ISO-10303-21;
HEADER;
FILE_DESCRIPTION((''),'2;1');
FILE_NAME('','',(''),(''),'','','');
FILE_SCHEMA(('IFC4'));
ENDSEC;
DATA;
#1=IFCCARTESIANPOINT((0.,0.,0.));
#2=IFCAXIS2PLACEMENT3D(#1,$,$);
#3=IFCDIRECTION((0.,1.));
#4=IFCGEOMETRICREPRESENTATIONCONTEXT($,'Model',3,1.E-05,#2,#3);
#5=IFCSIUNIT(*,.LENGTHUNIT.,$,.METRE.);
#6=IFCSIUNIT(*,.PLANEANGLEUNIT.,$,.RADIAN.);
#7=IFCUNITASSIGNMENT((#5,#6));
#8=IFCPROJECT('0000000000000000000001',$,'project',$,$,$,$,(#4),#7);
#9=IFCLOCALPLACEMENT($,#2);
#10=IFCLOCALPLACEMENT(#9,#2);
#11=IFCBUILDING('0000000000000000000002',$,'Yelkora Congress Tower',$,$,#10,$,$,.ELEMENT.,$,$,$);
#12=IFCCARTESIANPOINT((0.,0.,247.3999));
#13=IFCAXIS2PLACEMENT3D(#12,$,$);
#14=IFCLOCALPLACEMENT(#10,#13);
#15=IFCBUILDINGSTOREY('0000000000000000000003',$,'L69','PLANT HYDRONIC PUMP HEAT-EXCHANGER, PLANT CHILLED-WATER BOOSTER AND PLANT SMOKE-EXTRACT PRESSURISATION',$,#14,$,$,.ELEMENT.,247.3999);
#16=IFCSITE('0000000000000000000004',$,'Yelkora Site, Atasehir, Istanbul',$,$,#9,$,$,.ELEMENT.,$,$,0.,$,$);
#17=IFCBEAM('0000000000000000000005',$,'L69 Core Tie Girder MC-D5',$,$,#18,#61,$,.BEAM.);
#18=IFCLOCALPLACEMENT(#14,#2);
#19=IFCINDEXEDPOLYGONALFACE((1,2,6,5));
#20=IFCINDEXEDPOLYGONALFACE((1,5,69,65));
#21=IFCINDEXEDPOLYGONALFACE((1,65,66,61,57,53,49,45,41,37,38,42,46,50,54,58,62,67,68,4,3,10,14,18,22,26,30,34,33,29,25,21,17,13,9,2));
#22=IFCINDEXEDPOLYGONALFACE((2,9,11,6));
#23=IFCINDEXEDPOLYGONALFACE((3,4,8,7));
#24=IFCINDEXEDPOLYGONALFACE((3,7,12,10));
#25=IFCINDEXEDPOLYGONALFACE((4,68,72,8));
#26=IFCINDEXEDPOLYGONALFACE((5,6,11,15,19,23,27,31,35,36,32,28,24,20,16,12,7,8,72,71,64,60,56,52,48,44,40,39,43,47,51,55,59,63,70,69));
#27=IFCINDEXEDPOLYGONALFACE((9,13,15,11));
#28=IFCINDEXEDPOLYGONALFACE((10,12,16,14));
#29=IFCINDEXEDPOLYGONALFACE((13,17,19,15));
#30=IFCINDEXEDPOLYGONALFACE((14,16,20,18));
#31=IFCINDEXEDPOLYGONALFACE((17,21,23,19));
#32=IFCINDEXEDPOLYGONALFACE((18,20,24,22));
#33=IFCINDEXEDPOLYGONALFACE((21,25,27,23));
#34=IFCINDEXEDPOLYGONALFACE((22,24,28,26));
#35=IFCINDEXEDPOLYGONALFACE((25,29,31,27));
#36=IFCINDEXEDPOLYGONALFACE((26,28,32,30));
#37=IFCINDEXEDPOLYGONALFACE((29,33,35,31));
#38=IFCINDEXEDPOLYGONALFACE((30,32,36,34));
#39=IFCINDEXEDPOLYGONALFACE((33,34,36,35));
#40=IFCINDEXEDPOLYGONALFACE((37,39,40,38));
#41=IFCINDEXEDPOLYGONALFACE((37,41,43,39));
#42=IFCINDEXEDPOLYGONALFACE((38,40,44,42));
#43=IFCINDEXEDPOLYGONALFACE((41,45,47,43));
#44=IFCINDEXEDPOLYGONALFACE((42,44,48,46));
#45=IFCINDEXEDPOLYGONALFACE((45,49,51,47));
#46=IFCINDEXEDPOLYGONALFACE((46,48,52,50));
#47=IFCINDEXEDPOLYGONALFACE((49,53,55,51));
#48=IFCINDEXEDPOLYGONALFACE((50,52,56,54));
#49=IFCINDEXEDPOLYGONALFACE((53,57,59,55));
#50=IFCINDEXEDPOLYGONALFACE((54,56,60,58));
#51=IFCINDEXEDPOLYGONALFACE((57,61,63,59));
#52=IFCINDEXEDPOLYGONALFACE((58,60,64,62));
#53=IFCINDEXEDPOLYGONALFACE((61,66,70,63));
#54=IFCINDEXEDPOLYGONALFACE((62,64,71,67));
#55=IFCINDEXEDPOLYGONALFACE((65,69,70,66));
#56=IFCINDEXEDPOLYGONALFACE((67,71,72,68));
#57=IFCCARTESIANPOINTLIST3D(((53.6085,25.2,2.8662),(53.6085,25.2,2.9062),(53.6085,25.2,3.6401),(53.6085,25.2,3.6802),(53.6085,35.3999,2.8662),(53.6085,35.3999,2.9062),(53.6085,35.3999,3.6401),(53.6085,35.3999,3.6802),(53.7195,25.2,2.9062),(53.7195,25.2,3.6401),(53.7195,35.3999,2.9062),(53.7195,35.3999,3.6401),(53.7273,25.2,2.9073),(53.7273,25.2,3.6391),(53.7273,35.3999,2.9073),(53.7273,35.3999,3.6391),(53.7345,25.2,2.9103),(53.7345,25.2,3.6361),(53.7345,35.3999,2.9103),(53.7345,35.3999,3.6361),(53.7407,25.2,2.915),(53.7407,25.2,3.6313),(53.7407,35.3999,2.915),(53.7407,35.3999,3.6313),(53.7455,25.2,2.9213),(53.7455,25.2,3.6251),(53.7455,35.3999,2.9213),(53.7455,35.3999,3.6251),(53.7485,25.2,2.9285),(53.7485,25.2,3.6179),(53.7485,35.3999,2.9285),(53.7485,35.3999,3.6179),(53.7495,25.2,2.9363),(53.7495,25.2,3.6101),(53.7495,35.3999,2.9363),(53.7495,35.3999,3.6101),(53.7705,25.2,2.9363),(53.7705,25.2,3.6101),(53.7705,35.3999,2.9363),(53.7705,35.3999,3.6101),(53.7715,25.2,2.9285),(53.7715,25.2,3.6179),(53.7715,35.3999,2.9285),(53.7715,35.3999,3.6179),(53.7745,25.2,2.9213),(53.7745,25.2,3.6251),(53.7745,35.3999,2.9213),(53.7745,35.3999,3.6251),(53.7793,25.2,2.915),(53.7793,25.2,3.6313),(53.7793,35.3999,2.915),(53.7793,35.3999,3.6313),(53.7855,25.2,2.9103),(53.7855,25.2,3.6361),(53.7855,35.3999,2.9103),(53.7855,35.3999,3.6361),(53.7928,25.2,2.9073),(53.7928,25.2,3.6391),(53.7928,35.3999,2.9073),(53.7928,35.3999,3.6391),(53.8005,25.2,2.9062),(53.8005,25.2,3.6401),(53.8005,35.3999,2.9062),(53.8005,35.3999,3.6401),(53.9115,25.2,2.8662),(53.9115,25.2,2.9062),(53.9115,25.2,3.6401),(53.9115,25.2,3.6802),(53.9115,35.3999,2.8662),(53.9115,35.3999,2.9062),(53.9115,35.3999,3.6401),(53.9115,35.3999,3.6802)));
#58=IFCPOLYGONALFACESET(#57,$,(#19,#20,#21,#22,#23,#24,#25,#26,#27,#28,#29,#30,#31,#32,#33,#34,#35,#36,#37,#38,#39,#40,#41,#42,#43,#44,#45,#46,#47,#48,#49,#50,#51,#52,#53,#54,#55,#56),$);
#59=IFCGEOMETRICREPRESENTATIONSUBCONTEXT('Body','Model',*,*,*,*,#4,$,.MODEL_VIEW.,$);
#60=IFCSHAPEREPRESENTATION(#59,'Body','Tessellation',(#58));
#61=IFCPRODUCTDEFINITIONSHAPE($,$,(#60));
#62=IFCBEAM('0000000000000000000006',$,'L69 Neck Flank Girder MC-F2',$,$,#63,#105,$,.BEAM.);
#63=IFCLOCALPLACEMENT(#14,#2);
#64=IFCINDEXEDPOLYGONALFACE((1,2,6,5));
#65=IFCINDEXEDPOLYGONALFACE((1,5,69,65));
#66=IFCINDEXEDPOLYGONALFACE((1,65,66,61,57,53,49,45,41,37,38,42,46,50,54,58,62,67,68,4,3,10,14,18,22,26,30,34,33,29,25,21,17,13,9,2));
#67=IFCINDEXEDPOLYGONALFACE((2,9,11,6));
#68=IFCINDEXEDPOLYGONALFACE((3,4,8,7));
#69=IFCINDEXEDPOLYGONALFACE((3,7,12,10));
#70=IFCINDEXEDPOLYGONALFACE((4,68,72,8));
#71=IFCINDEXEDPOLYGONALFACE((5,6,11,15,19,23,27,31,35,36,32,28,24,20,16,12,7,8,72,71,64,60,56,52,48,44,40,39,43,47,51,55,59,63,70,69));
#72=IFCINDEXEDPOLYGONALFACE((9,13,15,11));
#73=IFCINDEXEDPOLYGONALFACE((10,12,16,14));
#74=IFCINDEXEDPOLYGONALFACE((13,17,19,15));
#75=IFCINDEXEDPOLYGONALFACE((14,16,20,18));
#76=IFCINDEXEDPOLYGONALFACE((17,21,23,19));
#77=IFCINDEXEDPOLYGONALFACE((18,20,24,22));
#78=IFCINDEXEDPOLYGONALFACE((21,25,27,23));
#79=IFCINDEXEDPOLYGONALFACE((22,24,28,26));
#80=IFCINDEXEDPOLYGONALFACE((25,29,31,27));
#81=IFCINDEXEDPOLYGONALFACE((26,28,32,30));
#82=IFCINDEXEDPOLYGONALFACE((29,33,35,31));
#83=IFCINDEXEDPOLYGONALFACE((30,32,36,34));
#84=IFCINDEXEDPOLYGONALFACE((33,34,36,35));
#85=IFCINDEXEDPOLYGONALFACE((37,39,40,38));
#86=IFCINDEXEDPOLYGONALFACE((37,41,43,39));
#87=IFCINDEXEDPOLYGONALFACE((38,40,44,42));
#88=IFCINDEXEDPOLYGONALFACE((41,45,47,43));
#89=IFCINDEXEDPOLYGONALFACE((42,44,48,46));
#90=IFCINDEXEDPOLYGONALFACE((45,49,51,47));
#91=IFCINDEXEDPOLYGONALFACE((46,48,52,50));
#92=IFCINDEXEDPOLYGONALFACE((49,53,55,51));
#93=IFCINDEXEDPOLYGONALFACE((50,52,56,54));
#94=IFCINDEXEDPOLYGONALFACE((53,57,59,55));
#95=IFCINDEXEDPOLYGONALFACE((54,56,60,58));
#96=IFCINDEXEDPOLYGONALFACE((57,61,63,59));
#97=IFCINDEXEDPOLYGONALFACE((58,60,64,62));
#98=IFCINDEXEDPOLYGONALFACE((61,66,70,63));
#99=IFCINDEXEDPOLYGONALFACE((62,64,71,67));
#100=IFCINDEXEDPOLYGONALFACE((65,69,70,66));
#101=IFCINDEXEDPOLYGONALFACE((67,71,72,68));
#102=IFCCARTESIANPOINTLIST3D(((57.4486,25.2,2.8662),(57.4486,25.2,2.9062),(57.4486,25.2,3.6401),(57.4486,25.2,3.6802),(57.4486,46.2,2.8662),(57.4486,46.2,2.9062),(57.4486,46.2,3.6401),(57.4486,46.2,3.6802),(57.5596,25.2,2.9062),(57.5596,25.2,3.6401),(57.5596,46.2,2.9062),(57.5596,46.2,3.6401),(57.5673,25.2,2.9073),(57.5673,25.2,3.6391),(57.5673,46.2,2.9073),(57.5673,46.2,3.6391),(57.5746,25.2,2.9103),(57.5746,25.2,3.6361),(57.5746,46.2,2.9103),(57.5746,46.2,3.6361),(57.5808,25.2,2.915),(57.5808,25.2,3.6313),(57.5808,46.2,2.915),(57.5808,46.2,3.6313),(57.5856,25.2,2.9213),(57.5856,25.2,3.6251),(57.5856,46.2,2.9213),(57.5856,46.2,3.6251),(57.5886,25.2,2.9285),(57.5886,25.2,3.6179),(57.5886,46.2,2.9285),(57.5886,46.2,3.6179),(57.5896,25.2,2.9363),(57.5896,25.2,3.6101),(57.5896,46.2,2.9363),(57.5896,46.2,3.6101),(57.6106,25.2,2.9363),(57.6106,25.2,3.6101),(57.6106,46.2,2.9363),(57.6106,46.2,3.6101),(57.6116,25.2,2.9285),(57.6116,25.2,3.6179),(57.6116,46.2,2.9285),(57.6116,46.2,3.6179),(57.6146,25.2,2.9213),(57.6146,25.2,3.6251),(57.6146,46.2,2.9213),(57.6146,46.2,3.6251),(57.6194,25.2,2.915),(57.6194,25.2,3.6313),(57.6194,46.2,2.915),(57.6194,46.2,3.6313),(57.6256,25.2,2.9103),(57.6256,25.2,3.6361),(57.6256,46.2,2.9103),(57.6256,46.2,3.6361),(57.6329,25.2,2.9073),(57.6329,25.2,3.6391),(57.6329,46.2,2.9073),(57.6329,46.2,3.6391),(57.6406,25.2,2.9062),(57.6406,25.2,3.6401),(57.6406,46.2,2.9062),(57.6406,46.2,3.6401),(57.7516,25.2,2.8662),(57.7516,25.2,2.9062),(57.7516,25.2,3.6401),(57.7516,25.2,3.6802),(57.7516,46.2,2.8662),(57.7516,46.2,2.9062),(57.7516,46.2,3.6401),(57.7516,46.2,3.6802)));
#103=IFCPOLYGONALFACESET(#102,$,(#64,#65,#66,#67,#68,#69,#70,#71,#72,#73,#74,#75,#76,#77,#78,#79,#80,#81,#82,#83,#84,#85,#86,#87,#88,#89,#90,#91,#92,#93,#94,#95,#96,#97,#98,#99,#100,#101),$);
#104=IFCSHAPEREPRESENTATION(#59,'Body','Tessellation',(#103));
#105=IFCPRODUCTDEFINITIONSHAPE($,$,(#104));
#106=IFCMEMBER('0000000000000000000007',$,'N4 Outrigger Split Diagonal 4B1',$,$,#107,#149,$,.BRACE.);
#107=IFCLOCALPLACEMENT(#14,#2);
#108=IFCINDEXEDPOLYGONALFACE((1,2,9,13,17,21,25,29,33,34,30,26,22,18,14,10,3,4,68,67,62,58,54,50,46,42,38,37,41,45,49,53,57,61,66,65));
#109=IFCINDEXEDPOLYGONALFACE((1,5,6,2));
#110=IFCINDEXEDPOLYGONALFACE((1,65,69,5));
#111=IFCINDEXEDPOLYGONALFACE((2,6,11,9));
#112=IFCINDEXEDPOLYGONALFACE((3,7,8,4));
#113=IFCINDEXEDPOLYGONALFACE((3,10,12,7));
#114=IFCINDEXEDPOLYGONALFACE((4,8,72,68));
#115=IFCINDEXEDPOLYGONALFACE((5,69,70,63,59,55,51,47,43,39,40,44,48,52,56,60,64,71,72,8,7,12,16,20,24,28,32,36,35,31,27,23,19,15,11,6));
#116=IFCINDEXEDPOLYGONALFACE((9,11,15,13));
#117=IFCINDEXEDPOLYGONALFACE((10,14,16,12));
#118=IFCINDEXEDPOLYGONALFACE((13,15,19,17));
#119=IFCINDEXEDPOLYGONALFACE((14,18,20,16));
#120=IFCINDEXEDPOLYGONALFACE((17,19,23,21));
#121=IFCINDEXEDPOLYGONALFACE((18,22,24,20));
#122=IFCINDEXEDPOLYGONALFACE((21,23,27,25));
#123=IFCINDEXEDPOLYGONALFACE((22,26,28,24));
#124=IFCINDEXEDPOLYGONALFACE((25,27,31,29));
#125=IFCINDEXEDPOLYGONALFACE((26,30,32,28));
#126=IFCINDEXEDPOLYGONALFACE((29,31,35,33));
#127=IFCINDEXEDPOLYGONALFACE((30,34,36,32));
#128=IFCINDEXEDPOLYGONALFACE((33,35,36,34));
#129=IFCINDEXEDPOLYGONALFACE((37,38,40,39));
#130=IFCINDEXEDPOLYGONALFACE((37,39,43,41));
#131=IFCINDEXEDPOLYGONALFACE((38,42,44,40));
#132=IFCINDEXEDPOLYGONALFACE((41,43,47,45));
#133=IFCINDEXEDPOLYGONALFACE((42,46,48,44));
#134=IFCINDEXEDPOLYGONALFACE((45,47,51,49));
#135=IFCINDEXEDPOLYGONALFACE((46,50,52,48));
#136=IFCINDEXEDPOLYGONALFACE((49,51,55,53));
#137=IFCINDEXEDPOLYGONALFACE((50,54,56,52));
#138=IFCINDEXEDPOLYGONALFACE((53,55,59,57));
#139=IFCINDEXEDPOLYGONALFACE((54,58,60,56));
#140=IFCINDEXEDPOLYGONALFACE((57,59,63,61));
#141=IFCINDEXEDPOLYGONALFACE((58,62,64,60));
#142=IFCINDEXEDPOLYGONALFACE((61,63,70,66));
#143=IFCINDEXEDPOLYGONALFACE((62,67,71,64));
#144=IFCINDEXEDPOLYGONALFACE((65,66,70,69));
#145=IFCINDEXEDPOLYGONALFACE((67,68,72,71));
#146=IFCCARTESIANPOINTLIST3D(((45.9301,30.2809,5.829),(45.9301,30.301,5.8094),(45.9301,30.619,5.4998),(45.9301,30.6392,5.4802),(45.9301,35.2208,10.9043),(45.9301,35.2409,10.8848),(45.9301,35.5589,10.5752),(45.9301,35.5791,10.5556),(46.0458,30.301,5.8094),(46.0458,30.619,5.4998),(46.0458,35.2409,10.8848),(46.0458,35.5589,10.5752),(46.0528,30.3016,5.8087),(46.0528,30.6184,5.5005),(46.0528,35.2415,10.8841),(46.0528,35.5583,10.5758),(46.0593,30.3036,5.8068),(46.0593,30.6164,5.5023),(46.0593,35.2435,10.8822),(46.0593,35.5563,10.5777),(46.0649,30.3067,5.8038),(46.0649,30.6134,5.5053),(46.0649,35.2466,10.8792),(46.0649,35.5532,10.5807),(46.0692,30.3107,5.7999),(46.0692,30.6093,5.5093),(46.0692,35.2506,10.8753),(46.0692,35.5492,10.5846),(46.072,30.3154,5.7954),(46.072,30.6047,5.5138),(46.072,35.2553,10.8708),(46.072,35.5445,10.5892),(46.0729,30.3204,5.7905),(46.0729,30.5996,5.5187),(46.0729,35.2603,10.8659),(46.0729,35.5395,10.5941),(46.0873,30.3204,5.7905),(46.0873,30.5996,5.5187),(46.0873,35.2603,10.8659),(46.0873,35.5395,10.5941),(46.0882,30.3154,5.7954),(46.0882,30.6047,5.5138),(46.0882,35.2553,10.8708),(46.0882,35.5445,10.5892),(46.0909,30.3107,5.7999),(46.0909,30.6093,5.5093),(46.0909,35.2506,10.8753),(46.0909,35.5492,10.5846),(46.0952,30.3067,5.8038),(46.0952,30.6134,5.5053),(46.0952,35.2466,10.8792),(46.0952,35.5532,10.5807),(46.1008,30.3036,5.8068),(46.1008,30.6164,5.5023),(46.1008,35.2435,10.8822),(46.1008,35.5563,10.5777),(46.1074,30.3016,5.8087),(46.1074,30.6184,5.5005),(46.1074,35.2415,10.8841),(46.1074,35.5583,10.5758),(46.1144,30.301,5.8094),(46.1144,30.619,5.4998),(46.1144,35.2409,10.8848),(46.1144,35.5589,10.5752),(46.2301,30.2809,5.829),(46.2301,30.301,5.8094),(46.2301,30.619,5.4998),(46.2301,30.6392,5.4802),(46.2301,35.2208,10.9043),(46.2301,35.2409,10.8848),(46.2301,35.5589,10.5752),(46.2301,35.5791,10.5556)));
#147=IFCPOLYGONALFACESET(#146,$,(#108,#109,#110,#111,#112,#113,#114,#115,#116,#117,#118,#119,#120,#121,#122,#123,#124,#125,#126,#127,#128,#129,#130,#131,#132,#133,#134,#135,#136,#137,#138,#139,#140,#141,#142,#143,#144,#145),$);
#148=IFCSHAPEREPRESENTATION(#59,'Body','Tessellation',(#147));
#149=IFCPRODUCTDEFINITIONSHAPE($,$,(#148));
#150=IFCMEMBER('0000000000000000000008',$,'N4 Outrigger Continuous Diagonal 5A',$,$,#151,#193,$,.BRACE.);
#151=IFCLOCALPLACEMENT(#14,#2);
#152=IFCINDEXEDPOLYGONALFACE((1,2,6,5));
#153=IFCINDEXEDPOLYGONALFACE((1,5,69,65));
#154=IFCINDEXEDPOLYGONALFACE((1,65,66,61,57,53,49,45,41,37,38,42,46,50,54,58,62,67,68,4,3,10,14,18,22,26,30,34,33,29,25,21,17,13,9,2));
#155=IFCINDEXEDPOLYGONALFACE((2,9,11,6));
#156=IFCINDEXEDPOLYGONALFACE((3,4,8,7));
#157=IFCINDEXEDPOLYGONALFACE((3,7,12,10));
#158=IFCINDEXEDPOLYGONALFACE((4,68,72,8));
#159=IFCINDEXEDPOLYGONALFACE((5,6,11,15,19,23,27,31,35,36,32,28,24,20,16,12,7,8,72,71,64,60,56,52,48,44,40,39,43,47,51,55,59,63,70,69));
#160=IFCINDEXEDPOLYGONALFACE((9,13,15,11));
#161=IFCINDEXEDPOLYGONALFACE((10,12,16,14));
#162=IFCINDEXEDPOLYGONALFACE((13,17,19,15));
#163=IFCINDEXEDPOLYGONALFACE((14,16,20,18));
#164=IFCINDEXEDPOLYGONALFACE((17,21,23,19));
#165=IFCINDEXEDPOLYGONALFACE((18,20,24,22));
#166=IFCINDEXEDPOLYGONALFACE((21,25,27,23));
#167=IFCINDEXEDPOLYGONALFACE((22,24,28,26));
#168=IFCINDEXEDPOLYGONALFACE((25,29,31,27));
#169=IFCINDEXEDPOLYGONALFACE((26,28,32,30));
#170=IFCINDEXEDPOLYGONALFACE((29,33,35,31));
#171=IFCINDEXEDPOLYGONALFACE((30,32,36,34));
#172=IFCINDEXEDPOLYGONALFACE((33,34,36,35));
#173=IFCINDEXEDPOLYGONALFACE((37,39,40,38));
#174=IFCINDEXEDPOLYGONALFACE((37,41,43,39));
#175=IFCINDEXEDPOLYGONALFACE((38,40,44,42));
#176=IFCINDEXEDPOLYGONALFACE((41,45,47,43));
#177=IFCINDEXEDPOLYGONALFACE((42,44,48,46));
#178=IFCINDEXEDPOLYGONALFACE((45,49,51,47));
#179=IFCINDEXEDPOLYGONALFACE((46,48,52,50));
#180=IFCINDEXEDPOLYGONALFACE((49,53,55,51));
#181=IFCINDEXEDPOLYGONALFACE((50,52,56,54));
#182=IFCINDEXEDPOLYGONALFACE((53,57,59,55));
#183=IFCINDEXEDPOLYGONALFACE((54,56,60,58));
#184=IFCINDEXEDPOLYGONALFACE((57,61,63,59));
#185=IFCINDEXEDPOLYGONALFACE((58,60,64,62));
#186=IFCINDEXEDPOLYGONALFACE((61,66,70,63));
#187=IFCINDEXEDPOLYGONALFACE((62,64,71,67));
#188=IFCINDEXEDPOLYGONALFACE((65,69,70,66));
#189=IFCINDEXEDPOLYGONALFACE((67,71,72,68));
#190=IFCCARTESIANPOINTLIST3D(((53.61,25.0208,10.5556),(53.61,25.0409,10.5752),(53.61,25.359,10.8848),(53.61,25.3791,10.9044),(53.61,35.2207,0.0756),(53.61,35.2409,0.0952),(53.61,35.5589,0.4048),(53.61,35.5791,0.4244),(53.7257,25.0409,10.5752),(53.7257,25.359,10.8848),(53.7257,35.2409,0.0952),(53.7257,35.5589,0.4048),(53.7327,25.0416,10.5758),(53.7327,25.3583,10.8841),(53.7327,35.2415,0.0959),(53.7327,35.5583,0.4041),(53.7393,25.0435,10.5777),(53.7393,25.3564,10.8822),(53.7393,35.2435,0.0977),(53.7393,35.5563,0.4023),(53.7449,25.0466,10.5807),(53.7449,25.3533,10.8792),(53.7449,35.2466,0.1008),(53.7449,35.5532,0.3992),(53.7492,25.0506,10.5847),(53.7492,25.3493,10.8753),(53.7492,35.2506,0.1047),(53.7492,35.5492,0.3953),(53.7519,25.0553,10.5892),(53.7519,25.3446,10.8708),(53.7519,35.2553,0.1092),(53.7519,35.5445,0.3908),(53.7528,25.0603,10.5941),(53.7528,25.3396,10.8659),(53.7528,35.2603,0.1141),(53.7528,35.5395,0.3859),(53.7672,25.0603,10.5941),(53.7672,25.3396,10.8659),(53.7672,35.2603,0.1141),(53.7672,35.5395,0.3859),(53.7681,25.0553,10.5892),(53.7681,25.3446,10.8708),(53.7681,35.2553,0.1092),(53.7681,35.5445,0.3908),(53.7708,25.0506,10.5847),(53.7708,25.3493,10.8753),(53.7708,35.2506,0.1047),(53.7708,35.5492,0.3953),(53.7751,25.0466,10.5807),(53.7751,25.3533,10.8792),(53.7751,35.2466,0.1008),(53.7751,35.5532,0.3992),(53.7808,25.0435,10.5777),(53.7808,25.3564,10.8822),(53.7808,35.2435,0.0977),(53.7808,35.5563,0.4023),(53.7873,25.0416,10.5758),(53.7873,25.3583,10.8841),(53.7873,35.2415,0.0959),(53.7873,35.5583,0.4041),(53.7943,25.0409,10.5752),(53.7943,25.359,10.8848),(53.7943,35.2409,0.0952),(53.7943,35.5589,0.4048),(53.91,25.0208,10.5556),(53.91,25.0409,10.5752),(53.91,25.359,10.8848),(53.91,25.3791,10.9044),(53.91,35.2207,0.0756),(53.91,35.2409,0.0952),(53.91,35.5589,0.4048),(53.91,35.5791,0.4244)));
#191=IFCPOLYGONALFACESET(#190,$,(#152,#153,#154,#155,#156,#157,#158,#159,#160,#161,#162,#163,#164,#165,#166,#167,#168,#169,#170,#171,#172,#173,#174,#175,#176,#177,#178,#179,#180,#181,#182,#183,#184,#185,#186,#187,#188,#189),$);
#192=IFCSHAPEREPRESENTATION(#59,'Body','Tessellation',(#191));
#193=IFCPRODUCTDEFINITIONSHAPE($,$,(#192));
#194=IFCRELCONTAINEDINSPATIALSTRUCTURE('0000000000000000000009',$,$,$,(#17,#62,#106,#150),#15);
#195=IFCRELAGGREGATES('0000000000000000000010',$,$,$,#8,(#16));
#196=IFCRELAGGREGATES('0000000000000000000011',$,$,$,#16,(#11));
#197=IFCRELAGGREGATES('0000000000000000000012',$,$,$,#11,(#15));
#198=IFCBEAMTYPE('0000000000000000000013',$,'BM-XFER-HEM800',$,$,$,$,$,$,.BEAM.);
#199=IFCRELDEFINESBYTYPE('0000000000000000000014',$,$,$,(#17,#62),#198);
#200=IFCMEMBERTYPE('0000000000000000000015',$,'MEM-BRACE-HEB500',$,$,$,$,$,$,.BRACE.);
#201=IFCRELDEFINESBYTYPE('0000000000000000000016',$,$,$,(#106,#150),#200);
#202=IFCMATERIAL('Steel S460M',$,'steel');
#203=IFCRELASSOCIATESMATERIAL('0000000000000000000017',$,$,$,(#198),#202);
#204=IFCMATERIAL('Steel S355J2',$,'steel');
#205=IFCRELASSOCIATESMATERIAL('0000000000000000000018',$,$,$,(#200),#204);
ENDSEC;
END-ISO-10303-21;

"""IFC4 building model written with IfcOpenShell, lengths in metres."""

from ifc_helpers import new_model, si_unit, direction, frame, origin, origin_2d, place, context, subcontext, project, spatial, i_section, extrude, material, material_profile, profile_set, type_object, element, save


model = new_model("IFC4")

# Units and contexts
model_context = context("Model", 3, precision=1e-05, world=origin(), true_north=direction((0.0, 1.0)))
body_context = subcontext(model_context, "Body", "Model", "MODEL_VIEW")
ifc_project = project(units=[si_unit("LENGTHUNIT", "METRE"), si_unit("PLANEANGLEUNIT", "RADIAN")], contexts=[model_context])

# Site, building, storey
site_placement = place(None, origin())
site = spatial("IfcSite", under=ifc_project, at=site_placement, Name="Yelkora Site, Atasehir, Istanbul", CompositionType="ELEMENT", RefElevation=0.0)
building_placement = place(site_placement, origin())
building = spatial("IfcBuilding", under=site, at=building_placement, Name="Yelkora Congress Tower", CompositionType="ELEMENT")
storey_placement = place(building_placement, frame((0.0, 0.0, 247.3999)))
storey = spatial("IfcBuildingStorey", under=building, at=storey_placement, Name="L69", Description="PLANT HYDRONIC PUMP HEAT-EXCHANGER, PLANT CHILLED-WATER BOOSTER AND PLANT SMOKE-EXTRACT PRESSURISATION", CompositionType="ELEMENT", Elevation=247.3999)

# Shared definitions
ifc_material_1 = material(Name="Steel S460M", Category="steel")

# Beams
ifc_material_profile_1 = material_profile(ifc_material_1, i_section(OverallWidth=0.303, OverallDepth=0.814, WebThickness=0.021, FlangeThickness=0.04, FilletRadius=0.03, at=origin_2d()), Name="HEM 800")
ifc_profile_set_1 = profile_set([ifc_material_profile_1], Name="Steel S460M")
beam_type = type_object("IfcBeamType", Name="BM-XFER-HEM800", PredefinedType="BEAM", material=ifc_profile_set_1)
beam_1_placement = place(storey_placement, frame((53.76, 25.2, 3.2732), z_axis=(0.0, 1.0, 0.0), x_axis=(-1.0, 0.0, 0.0)))
element("IfcBeam", 1, at=beam_1_placement, inside=storey, type_object=beam_type, Name="L69 Core Tie Girder MC-D5", PredefinedType="BEAM", context=body_context, shape_type="SweptSolid", body=[
    extrude(i_section(OverallWidth=0.303, OverallDepth=0.814, WebThickness=0.021, FlangeThickness=0.04, FilletRadius=0.03, at=origin_2d()), origin(), (0.0, 0.0, 1.0), 10.2),
])
beam_2_placement = place(storey_placement, frame((57.6001, 25.2, 3.2732), z_axis=(0.0, 1.0, 0.0), x_axis=(-1.0, 0.0, 0.0)))
element("IfcBeam", 2, at=beam_2_placement, inside=storey, type_object=beam_type, Name="L69 Neck Flank Girder MC-F2", PredefinedType="BEAM", context=body_context, shape_type="SweptSolid", body=[
    extrude(i_section(OverallWidth=0.303, OverallDepth=0.814, WebThickness=0.021, FlangeThickness=0.04, FilletRadius=0.03, at=origin_2d()), origin(), (0.0, 0.0, 1.0), 21.0),
])

# Members
ifc_material_2 = material(Name="Steel S355J2", Category="steel")
ifc_material_profile_2 = material_profile(ifc_material_2, i_section(OverallWidth=0.3, OverallDepth=0.5, WebThickness=0.0144, FlangeThickness=0.0281, FilletRadius=0.0271, at=origin_2d()), Name="HEB 500")
ifc_profile_set_2 = profile_set([ifc_material_profile_2], Name="Steel S355J2")
member_type_1 = type_object("IfcMemberType", Name="MEM-BRACE-HEB500", PredefinedType="BRACE", material=ifc_profile_set_2)
member_1_placement = place(storey_placement, frame((46.0801, 35.3999, 10.73), z_axis=(0.0, -0.697477, -0.716608), x_axis=(1.0, 0.0, 0.0)))
element("IfcMember", 3, at=member_1_placement, inside=storey, type_object=member_type_1, Name="N4 Outrigger Split Diagonal 4B1", PredefinedType="BRACE", context=body_context, shape_type="SweptSolid", body=[
    extrude(i_section(OverallWidth=0.3, OverallDepth=0.5, WebThickness=0.0144, FlangeThickness=0.0281, FilletRadius=0.0271, at=origin_2d()), origin(), (0.0, 0.0, 1.0), 7.0825),
])
member_2_placement = place(storey_placement, frame((53.76, 35.3999, 0.25), z_axis=(0.0, -0.697468, 0.716616), x_axis=(1.0, 0.0, 0.0)))
element("IfcMember", 4, at=member_2_placement, inside=storey, type_object=member_type_1, Name="N4 Outrigger Continuous Diagonal 5A", PredefinedType="BRACE", context=body_context, shape_type="SweptSolid", body=[
    extrude(i_section(OverallWidth=0.3, OverallDepth=0.5, WebThickness=0.0144, FlangeThickness=0.0281, FilletRadius=0.0271, at=origin_2d()), origin(), (0.0, 0.0, 1.0), 14.6243),
])

save(model, "model.ifc")
